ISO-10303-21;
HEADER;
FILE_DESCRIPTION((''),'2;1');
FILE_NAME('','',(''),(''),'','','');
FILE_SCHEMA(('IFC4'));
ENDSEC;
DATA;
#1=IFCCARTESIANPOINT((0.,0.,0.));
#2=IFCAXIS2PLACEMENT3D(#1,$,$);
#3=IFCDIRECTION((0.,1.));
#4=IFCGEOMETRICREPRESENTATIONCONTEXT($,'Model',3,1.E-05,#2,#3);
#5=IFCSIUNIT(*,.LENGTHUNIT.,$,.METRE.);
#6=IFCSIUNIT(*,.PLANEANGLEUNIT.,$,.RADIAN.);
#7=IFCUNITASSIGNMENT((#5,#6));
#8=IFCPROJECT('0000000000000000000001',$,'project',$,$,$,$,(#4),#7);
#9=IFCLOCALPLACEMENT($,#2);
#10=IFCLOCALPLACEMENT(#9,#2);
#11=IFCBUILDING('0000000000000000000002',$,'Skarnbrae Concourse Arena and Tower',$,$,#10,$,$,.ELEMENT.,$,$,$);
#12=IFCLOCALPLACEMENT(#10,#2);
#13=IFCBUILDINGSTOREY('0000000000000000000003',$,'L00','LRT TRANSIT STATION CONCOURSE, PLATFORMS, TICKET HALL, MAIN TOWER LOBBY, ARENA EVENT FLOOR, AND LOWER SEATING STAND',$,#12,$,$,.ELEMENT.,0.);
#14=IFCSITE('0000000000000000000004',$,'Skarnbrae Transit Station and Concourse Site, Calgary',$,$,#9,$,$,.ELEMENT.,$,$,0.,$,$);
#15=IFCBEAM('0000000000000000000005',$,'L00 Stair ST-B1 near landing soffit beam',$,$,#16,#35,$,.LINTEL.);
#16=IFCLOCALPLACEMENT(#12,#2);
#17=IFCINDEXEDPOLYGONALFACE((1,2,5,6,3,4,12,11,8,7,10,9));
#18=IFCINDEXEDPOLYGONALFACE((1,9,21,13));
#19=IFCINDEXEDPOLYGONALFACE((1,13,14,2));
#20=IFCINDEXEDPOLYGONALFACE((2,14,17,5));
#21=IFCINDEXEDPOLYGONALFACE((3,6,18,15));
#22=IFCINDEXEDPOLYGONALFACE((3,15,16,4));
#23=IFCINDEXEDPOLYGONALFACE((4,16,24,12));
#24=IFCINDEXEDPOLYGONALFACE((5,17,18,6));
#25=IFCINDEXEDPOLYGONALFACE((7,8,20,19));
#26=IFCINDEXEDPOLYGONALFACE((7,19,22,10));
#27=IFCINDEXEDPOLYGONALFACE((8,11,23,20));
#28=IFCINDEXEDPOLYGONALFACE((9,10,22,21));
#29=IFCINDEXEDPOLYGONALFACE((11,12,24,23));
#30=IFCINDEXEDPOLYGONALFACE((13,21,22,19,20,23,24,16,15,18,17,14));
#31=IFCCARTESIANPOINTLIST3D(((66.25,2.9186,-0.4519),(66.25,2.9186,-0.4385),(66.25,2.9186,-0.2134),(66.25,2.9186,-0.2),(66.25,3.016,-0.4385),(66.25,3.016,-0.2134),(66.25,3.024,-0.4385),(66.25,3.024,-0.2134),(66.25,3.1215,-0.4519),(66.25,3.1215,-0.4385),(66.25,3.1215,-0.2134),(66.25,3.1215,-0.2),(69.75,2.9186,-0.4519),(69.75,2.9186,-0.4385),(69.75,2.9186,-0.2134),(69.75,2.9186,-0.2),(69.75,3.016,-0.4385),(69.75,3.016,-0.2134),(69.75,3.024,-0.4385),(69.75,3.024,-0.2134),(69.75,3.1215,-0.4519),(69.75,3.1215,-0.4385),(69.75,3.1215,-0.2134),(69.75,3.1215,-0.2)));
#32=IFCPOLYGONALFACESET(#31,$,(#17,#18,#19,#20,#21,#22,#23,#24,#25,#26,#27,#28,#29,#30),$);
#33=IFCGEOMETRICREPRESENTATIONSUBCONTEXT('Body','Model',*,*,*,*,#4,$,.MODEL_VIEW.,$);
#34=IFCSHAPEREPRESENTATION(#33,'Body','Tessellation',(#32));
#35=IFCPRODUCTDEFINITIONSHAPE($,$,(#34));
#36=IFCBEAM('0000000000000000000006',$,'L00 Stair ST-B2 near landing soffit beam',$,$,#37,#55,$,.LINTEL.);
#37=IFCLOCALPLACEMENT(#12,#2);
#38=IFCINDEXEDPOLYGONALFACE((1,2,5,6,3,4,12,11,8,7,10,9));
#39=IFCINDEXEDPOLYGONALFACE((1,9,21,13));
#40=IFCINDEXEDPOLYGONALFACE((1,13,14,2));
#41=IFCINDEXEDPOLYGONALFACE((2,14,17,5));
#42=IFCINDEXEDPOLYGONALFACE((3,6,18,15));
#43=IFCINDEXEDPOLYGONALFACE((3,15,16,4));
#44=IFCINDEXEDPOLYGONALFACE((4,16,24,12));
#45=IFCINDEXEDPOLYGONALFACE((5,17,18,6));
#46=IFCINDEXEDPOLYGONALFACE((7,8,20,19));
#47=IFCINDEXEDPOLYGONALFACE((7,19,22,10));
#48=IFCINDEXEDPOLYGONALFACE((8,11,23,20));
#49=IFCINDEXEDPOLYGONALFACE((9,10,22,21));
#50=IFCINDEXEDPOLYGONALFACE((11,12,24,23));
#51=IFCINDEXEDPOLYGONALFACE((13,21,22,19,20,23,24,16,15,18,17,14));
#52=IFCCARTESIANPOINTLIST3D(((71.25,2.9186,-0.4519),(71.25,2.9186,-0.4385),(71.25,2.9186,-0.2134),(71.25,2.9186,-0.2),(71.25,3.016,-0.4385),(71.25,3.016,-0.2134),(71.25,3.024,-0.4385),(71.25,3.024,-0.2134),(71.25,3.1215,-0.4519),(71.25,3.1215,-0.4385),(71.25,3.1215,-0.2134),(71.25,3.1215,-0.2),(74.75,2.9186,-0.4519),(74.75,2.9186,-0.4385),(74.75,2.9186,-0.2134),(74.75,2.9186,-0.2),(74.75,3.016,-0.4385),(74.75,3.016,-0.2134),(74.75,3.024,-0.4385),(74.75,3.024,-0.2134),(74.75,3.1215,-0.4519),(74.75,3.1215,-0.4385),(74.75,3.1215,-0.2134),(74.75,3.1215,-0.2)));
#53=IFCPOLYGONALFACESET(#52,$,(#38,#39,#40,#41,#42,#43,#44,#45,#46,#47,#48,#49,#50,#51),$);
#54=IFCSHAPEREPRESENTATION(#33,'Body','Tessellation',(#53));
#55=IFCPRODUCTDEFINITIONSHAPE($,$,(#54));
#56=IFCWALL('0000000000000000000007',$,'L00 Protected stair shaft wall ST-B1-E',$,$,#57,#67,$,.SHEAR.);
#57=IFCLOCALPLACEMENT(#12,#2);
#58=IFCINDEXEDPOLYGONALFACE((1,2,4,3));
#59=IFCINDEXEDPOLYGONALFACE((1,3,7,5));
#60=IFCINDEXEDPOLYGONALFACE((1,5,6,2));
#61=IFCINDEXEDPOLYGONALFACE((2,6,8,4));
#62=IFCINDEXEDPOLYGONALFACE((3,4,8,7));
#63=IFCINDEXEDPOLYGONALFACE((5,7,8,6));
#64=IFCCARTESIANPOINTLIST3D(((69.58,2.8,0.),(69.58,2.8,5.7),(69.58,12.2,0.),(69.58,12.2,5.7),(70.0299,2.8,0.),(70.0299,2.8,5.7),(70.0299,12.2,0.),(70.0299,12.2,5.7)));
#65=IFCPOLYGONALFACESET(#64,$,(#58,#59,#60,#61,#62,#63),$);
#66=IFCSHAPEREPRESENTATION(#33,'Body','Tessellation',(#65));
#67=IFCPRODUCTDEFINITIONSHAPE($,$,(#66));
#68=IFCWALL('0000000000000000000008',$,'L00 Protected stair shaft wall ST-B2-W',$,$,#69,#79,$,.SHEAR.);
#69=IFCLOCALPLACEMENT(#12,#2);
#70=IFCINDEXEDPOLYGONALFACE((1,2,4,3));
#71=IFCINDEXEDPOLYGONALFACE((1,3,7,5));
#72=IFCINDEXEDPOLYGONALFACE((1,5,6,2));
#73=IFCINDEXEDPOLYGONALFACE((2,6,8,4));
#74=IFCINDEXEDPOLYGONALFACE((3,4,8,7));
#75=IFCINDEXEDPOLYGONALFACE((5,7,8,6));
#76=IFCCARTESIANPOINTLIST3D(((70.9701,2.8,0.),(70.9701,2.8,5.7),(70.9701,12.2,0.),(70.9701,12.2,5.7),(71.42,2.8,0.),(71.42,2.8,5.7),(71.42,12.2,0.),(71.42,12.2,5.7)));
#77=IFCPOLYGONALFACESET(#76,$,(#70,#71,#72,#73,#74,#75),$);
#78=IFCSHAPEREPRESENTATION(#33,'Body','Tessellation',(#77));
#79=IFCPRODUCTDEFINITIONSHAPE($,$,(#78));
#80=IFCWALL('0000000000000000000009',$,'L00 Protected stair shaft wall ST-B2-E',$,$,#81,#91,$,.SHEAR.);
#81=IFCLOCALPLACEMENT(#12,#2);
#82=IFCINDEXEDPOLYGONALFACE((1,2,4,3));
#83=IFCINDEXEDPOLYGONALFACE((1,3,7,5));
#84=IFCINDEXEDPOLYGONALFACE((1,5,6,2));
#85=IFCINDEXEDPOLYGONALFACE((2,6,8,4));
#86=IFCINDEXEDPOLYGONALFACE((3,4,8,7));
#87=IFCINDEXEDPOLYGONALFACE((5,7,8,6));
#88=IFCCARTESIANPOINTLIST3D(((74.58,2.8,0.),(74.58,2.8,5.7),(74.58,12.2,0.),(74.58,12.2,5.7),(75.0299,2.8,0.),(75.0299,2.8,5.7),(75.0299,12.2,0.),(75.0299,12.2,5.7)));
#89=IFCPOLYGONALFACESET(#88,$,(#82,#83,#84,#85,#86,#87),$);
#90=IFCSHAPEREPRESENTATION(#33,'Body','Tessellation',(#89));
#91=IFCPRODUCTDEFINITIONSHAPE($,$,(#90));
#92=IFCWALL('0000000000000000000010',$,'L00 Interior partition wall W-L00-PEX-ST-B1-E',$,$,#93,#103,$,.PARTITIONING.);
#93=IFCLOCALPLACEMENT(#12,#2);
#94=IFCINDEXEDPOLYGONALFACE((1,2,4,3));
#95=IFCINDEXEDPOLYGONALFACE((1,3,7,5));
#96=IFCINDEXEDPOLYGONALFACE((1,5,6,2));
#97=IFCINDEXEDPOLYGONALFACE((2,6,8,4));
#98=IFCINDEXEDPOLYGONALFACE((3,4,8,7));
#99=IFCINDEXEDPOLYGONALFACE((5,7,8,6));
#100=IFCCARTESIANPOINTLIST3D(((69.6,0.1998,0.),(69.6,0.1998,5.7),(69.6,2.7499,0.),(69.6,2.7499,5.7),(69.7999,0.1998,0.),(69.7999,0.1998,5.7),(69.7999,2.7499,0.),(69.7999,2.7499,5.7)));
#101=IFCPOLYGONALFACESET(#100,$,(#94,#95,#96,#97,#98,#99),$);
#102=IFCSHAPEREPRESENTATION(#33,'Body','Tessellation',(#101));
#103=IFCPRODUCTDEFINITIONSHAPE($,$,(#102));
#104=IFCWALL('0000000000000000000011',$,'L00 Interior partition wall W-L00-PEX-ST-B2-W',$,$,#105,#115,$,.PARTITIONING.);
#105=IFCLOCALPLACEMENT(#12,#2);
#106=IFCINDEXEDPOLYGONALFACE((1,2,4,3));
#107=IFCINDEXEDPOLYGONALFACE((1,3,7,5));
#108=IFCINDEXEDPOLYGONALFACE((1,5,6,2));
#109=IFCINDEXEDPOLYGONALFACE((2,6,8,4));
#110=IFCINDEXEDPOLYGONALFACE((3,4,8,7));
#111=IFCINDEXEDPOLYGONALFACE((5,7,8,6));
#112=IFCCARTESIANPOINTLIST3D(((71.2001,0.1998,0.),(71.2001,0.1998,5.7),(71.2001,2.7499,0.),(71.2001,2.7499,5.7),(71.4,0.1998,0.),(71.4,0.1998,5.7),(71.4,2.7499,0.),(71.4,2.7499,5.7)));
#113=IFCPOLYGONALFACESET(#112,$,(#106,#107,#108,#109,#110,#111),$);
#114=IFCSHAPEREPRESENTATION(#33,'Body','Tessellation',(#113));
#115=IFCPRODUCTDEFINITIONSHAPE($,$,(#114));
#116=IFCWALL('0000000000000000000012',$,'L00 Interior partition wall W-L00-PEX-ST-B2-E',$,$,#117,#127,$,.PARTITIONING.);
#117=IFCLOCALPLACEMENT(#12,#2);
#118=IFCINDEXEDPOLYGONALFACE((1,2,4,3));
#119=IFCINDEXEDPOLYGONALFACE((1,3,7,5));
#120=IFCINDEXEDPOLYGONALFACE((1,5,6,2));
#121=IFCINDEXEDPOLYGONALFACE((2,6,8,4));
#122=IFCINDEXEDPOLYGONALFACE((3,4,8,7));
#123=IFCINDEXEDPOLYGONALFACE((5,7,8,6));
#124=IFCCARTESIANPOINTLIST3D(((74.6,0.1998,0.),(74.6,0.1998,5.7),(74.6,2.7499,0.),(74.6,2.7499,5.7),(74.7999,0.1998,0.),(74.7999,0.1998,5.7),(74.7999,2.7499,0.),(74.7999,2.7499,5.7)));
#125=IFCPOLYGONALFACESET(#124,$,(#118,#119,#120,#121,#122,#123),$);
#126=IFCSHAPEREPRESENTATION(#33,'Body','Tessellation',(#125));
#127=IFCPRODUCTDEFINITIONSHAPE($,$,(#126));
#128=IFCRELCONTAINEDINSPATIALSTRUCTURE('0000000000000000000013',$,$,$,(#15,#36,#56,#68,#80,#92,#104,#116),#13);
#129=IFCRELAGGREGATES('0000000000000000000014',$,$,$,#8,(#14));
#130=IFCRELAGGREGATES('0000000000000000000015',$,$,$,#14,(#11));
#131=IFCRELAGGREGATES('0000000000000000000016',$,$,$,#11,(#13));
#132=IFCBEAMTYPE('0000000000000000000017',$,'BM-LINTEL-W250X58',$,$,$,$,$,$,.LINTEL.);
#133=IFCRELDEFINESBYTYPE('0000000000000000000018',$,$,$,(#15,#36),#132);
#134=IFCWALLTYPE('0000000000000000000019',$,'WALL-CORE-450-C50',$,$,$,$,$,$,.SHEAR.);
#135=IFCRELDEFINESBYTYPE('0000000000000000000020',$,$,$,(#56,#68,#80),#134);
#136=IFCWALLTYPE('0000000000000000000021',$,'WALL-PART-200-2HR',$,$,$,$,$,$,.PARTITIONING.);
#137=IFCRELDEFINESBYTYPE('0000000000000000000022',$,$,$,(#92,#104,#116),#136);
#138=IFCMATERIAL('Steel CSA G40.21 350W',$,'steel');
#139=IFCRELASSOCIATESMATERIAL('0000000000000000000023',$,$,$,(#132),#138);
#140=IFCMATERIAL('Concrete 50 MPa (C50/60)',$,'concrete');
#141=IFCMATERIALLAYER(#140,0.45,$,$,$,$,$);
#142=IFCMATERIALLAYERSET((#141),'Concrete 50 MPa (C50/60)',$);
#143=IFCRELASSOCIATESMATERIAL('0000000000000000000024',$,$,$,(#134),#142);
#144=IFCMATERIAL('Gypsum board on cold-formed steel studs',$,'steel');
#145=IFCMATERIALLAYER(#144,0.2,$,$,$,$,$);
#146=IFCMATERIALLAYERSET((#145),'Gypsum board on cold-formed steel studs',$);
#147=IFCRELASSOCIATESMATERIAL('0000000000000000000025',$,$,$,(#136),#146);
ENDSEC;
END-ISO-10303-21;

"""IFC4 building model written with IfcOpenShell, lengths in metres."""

from ifc_helpers import new_model, si_unit, direction, frame, frame_2d, origin, origin_2d, place, context, subcontext, project, spatial, rectangle, i_section, extrude, source, transform, mapped, material, layer, layer_set, material_profile, profile_set, type_object, element, save


model = new_model("IFC4")

# Units and contexts
model_context = context("Model", 3, precision=1e-05, world=origin(), true_north=direction((0.0, 1.0)))
body_context = subcontext(model_context, "Body", "Model", "MODEL_VIEW")
ifc_project = project(units=[si_unit("LENGTHUNIT", "METRE"), si_unit("PLANEANGLEUNIT", "RADIAN")], contexts=[model_context])

# Site, building, storey
site_placement = place(None, origin())
site = spatial("IfcSite", under=ifc_project, at=site_placement, Name="Skarnbrae Transit Station and Concourse Site, Calgary", CompositionType="ELEMENT", RefElevation=0.0)
building_placement = place(site_placement, origin())
building = spatial("IfcBuilding", under=site, at=building_placement, Name="Skarnbrae Concourse Arena and Tower", CompositionType="ELEMENT")
storey_placement = place(building_placement, origin())
storey = spatial("IfcBuildingStorey", under=building, at=storey_placement, Name="L00", Description="LRT TRANSIT STATION CONCOURSE, PLATFORMS, TICKET HALL, MAIN TOWER LOBBY, ARENA EVENT FLOOR, AND LOWER SEATING STAND", CompositionType="ELEMENT", Elevation=0.0)

# Beams
ifc_material_1 = material(Name="Steel CSA G40.21 350W", Category="steel")
ifc_material_profile = material_profile(ifc_material_1, i_section(OverallWidth=0.2029, OverallDepth=0.252, WebThickness=0.0081, FlangeThickness=0.0134, at=origin_2d()), Name="W250X58")
ifc_profile_set = profile_set([ifc_material_profile], Name="Steel CSA G40.21 350W")
beam_type = type_object("IfcBeamType", Name="BM-LINTEL-W250X58", PredefinedType="LINTEL", material=ifc_profile_set)
shared_shape_1 = source(origin(), body_context, "Body", "SweptSolid", [
    extrude(i_section(OverallWidth=0.2029, OverallDepth=0.252, WebThickness=0.0081, FlangeThickness=0.0134, at=origin_2d()), origin(), (0.0, 0.0, 1.0), 3.5),
])
for number, where, z_axis, x_axis, name in (
    (1, (69.75, 3.02, -0.3259), (-1.0, 0.0, 0.0), (0.0, -1.0, 0.0), "L00 Stair ST-B1 near landing soffit beam"),
    (2, (74.75, 3.02, -0.3259), (-1.0, 0.0, 0.0), (0.0, -1.0, 0.0), "L00 Stair ST-B2 near landing soffit beam"),
):
    element("IfcBeam", number, at=place(storey_placement, frame(where, z_axis=z_axis, x_axis=x_axis)), inside=storey, type_object=beam_type, Name=name, PredefinedType="LINTEL", context=body_context, shape_type="MappedRepresentation", body=[
        mapped(shared_shape_1, transform((0.0, 0.0, 0.0))),
    ])

# Shared definitions
ifc_material_2 = material(Name="Concrete 50 MPa (C50/60)", Category="concrete")
ifc_layer_1 = layer(ifc_material_2, 0.45)
ifc_layer_set_1 = layer_set([ifc_layer_1], Name="Concrete 50 MPa (C50/60)")
wall_type_1 = type_object("IfcWallType", Name="WALL-CORE-450-C50", PredefinedType="SHEAR", material=ifc_layer_set_1)

# Walls
shared_shape_2 = source(origin(), body_context, "Body", "SweptSolid", [
    extrude(rectangle(XDim=9.3999, YDim=0.45, at=frame_2d((4.7, 0.0))), origin(), (0.0, 0.0, 1.0), 5.7),
])
for number, where, z_axis, x_axis, name in (
    (3, (69.8049, 2.8, 0.0), (0.0, 0.0, 1.0), (0.0, 1.0, 0.0), "L00 Protected stair shaft wall ST-B1-E"),
    (4, (71.1951, 2.8, 0.0), (0.0, 0.0, 1.0), (0.0, 1.0, 0.0), "L00 Protected stair shaft wall ST-B2-W"),
    (5, (74.8049, 2.8, 0.0), (0.0, 0.0, 1.0), (0.0, 1.0, 0.0), "L00 Protected stair shaft wall ST-B2-E"),
):
    element("IfcWall", number, at=place(storey_placement, frame(where, z_axis=z_axis, x_axis=x_axis)), inside=storey, type_object=wall_type_1, Name=name, PredefinedType="SHEAR", context=body_context, shape_type="MappedRepresentation", body=[
        mapped(shared_shape_2, transform((0.0, 0.0, 0.0))),
    ])
ifc_material_3 = material(Name="Gypsum board on cold-formed steel studs", Category="steel")
ifc_layer_2 = layer(ifc_material_3, 0.2)
ifc_layer_set_2 = layer_set([ifc_layer_2], Name="Gypsum board on cold-formed steel studs")
wall_type_2 = type_object("IfcWallType", Name="WALL-PART-200-2HR", PredefinedType="PARTITIONING", material=ifc_layer_set_2)
shared_shape_3 = source(origin(), body_context, "Body", "SweptSolid", [
    extrude(rectangle(XDim=2.55, YDim=0.2, at=frame_2d((1.2749, 0.0))), origin(), (0.0, 0.0, 1.0), 5.7),
])
for number, where, z_axis, x_axis, name in (
    (6, (69.7, 0.2, 0.0), (0.0, 0.0, 1.0), (0.0, 1.0, 0.0), "L00 Interior partition wall W-L00-PEX-ST-B1-E"),
    (7, (71.3, 0.2, 0.0), (0.0, 0.0, 1.0), (0.0, 1.0, 0.0), "L00 Interior partition wall W-L00-PEX-ST-B2-W"),
    (8, (74.7, 0.2, 0.0), (0.0, 0.0, 1.0), (0.0, 1.0, 0.0), "L00 Interior partition wall W-L00-PEX-ST-B2-E"),
):
    element("IfcWall", number, at=place(storey_placement, frame(where, z_axis=z_axis, x_axis=x_axis)), inside=storey, type_object=wall_type_2, Name=name, PredefinedType="PARTITIONING", context=body_context, shape_type="MappedRepresentation", body=[
        mapped(shared_shape_3, transform((0.0, 0.0, 0.0))),
    ])

save(model, "model.ifc")
